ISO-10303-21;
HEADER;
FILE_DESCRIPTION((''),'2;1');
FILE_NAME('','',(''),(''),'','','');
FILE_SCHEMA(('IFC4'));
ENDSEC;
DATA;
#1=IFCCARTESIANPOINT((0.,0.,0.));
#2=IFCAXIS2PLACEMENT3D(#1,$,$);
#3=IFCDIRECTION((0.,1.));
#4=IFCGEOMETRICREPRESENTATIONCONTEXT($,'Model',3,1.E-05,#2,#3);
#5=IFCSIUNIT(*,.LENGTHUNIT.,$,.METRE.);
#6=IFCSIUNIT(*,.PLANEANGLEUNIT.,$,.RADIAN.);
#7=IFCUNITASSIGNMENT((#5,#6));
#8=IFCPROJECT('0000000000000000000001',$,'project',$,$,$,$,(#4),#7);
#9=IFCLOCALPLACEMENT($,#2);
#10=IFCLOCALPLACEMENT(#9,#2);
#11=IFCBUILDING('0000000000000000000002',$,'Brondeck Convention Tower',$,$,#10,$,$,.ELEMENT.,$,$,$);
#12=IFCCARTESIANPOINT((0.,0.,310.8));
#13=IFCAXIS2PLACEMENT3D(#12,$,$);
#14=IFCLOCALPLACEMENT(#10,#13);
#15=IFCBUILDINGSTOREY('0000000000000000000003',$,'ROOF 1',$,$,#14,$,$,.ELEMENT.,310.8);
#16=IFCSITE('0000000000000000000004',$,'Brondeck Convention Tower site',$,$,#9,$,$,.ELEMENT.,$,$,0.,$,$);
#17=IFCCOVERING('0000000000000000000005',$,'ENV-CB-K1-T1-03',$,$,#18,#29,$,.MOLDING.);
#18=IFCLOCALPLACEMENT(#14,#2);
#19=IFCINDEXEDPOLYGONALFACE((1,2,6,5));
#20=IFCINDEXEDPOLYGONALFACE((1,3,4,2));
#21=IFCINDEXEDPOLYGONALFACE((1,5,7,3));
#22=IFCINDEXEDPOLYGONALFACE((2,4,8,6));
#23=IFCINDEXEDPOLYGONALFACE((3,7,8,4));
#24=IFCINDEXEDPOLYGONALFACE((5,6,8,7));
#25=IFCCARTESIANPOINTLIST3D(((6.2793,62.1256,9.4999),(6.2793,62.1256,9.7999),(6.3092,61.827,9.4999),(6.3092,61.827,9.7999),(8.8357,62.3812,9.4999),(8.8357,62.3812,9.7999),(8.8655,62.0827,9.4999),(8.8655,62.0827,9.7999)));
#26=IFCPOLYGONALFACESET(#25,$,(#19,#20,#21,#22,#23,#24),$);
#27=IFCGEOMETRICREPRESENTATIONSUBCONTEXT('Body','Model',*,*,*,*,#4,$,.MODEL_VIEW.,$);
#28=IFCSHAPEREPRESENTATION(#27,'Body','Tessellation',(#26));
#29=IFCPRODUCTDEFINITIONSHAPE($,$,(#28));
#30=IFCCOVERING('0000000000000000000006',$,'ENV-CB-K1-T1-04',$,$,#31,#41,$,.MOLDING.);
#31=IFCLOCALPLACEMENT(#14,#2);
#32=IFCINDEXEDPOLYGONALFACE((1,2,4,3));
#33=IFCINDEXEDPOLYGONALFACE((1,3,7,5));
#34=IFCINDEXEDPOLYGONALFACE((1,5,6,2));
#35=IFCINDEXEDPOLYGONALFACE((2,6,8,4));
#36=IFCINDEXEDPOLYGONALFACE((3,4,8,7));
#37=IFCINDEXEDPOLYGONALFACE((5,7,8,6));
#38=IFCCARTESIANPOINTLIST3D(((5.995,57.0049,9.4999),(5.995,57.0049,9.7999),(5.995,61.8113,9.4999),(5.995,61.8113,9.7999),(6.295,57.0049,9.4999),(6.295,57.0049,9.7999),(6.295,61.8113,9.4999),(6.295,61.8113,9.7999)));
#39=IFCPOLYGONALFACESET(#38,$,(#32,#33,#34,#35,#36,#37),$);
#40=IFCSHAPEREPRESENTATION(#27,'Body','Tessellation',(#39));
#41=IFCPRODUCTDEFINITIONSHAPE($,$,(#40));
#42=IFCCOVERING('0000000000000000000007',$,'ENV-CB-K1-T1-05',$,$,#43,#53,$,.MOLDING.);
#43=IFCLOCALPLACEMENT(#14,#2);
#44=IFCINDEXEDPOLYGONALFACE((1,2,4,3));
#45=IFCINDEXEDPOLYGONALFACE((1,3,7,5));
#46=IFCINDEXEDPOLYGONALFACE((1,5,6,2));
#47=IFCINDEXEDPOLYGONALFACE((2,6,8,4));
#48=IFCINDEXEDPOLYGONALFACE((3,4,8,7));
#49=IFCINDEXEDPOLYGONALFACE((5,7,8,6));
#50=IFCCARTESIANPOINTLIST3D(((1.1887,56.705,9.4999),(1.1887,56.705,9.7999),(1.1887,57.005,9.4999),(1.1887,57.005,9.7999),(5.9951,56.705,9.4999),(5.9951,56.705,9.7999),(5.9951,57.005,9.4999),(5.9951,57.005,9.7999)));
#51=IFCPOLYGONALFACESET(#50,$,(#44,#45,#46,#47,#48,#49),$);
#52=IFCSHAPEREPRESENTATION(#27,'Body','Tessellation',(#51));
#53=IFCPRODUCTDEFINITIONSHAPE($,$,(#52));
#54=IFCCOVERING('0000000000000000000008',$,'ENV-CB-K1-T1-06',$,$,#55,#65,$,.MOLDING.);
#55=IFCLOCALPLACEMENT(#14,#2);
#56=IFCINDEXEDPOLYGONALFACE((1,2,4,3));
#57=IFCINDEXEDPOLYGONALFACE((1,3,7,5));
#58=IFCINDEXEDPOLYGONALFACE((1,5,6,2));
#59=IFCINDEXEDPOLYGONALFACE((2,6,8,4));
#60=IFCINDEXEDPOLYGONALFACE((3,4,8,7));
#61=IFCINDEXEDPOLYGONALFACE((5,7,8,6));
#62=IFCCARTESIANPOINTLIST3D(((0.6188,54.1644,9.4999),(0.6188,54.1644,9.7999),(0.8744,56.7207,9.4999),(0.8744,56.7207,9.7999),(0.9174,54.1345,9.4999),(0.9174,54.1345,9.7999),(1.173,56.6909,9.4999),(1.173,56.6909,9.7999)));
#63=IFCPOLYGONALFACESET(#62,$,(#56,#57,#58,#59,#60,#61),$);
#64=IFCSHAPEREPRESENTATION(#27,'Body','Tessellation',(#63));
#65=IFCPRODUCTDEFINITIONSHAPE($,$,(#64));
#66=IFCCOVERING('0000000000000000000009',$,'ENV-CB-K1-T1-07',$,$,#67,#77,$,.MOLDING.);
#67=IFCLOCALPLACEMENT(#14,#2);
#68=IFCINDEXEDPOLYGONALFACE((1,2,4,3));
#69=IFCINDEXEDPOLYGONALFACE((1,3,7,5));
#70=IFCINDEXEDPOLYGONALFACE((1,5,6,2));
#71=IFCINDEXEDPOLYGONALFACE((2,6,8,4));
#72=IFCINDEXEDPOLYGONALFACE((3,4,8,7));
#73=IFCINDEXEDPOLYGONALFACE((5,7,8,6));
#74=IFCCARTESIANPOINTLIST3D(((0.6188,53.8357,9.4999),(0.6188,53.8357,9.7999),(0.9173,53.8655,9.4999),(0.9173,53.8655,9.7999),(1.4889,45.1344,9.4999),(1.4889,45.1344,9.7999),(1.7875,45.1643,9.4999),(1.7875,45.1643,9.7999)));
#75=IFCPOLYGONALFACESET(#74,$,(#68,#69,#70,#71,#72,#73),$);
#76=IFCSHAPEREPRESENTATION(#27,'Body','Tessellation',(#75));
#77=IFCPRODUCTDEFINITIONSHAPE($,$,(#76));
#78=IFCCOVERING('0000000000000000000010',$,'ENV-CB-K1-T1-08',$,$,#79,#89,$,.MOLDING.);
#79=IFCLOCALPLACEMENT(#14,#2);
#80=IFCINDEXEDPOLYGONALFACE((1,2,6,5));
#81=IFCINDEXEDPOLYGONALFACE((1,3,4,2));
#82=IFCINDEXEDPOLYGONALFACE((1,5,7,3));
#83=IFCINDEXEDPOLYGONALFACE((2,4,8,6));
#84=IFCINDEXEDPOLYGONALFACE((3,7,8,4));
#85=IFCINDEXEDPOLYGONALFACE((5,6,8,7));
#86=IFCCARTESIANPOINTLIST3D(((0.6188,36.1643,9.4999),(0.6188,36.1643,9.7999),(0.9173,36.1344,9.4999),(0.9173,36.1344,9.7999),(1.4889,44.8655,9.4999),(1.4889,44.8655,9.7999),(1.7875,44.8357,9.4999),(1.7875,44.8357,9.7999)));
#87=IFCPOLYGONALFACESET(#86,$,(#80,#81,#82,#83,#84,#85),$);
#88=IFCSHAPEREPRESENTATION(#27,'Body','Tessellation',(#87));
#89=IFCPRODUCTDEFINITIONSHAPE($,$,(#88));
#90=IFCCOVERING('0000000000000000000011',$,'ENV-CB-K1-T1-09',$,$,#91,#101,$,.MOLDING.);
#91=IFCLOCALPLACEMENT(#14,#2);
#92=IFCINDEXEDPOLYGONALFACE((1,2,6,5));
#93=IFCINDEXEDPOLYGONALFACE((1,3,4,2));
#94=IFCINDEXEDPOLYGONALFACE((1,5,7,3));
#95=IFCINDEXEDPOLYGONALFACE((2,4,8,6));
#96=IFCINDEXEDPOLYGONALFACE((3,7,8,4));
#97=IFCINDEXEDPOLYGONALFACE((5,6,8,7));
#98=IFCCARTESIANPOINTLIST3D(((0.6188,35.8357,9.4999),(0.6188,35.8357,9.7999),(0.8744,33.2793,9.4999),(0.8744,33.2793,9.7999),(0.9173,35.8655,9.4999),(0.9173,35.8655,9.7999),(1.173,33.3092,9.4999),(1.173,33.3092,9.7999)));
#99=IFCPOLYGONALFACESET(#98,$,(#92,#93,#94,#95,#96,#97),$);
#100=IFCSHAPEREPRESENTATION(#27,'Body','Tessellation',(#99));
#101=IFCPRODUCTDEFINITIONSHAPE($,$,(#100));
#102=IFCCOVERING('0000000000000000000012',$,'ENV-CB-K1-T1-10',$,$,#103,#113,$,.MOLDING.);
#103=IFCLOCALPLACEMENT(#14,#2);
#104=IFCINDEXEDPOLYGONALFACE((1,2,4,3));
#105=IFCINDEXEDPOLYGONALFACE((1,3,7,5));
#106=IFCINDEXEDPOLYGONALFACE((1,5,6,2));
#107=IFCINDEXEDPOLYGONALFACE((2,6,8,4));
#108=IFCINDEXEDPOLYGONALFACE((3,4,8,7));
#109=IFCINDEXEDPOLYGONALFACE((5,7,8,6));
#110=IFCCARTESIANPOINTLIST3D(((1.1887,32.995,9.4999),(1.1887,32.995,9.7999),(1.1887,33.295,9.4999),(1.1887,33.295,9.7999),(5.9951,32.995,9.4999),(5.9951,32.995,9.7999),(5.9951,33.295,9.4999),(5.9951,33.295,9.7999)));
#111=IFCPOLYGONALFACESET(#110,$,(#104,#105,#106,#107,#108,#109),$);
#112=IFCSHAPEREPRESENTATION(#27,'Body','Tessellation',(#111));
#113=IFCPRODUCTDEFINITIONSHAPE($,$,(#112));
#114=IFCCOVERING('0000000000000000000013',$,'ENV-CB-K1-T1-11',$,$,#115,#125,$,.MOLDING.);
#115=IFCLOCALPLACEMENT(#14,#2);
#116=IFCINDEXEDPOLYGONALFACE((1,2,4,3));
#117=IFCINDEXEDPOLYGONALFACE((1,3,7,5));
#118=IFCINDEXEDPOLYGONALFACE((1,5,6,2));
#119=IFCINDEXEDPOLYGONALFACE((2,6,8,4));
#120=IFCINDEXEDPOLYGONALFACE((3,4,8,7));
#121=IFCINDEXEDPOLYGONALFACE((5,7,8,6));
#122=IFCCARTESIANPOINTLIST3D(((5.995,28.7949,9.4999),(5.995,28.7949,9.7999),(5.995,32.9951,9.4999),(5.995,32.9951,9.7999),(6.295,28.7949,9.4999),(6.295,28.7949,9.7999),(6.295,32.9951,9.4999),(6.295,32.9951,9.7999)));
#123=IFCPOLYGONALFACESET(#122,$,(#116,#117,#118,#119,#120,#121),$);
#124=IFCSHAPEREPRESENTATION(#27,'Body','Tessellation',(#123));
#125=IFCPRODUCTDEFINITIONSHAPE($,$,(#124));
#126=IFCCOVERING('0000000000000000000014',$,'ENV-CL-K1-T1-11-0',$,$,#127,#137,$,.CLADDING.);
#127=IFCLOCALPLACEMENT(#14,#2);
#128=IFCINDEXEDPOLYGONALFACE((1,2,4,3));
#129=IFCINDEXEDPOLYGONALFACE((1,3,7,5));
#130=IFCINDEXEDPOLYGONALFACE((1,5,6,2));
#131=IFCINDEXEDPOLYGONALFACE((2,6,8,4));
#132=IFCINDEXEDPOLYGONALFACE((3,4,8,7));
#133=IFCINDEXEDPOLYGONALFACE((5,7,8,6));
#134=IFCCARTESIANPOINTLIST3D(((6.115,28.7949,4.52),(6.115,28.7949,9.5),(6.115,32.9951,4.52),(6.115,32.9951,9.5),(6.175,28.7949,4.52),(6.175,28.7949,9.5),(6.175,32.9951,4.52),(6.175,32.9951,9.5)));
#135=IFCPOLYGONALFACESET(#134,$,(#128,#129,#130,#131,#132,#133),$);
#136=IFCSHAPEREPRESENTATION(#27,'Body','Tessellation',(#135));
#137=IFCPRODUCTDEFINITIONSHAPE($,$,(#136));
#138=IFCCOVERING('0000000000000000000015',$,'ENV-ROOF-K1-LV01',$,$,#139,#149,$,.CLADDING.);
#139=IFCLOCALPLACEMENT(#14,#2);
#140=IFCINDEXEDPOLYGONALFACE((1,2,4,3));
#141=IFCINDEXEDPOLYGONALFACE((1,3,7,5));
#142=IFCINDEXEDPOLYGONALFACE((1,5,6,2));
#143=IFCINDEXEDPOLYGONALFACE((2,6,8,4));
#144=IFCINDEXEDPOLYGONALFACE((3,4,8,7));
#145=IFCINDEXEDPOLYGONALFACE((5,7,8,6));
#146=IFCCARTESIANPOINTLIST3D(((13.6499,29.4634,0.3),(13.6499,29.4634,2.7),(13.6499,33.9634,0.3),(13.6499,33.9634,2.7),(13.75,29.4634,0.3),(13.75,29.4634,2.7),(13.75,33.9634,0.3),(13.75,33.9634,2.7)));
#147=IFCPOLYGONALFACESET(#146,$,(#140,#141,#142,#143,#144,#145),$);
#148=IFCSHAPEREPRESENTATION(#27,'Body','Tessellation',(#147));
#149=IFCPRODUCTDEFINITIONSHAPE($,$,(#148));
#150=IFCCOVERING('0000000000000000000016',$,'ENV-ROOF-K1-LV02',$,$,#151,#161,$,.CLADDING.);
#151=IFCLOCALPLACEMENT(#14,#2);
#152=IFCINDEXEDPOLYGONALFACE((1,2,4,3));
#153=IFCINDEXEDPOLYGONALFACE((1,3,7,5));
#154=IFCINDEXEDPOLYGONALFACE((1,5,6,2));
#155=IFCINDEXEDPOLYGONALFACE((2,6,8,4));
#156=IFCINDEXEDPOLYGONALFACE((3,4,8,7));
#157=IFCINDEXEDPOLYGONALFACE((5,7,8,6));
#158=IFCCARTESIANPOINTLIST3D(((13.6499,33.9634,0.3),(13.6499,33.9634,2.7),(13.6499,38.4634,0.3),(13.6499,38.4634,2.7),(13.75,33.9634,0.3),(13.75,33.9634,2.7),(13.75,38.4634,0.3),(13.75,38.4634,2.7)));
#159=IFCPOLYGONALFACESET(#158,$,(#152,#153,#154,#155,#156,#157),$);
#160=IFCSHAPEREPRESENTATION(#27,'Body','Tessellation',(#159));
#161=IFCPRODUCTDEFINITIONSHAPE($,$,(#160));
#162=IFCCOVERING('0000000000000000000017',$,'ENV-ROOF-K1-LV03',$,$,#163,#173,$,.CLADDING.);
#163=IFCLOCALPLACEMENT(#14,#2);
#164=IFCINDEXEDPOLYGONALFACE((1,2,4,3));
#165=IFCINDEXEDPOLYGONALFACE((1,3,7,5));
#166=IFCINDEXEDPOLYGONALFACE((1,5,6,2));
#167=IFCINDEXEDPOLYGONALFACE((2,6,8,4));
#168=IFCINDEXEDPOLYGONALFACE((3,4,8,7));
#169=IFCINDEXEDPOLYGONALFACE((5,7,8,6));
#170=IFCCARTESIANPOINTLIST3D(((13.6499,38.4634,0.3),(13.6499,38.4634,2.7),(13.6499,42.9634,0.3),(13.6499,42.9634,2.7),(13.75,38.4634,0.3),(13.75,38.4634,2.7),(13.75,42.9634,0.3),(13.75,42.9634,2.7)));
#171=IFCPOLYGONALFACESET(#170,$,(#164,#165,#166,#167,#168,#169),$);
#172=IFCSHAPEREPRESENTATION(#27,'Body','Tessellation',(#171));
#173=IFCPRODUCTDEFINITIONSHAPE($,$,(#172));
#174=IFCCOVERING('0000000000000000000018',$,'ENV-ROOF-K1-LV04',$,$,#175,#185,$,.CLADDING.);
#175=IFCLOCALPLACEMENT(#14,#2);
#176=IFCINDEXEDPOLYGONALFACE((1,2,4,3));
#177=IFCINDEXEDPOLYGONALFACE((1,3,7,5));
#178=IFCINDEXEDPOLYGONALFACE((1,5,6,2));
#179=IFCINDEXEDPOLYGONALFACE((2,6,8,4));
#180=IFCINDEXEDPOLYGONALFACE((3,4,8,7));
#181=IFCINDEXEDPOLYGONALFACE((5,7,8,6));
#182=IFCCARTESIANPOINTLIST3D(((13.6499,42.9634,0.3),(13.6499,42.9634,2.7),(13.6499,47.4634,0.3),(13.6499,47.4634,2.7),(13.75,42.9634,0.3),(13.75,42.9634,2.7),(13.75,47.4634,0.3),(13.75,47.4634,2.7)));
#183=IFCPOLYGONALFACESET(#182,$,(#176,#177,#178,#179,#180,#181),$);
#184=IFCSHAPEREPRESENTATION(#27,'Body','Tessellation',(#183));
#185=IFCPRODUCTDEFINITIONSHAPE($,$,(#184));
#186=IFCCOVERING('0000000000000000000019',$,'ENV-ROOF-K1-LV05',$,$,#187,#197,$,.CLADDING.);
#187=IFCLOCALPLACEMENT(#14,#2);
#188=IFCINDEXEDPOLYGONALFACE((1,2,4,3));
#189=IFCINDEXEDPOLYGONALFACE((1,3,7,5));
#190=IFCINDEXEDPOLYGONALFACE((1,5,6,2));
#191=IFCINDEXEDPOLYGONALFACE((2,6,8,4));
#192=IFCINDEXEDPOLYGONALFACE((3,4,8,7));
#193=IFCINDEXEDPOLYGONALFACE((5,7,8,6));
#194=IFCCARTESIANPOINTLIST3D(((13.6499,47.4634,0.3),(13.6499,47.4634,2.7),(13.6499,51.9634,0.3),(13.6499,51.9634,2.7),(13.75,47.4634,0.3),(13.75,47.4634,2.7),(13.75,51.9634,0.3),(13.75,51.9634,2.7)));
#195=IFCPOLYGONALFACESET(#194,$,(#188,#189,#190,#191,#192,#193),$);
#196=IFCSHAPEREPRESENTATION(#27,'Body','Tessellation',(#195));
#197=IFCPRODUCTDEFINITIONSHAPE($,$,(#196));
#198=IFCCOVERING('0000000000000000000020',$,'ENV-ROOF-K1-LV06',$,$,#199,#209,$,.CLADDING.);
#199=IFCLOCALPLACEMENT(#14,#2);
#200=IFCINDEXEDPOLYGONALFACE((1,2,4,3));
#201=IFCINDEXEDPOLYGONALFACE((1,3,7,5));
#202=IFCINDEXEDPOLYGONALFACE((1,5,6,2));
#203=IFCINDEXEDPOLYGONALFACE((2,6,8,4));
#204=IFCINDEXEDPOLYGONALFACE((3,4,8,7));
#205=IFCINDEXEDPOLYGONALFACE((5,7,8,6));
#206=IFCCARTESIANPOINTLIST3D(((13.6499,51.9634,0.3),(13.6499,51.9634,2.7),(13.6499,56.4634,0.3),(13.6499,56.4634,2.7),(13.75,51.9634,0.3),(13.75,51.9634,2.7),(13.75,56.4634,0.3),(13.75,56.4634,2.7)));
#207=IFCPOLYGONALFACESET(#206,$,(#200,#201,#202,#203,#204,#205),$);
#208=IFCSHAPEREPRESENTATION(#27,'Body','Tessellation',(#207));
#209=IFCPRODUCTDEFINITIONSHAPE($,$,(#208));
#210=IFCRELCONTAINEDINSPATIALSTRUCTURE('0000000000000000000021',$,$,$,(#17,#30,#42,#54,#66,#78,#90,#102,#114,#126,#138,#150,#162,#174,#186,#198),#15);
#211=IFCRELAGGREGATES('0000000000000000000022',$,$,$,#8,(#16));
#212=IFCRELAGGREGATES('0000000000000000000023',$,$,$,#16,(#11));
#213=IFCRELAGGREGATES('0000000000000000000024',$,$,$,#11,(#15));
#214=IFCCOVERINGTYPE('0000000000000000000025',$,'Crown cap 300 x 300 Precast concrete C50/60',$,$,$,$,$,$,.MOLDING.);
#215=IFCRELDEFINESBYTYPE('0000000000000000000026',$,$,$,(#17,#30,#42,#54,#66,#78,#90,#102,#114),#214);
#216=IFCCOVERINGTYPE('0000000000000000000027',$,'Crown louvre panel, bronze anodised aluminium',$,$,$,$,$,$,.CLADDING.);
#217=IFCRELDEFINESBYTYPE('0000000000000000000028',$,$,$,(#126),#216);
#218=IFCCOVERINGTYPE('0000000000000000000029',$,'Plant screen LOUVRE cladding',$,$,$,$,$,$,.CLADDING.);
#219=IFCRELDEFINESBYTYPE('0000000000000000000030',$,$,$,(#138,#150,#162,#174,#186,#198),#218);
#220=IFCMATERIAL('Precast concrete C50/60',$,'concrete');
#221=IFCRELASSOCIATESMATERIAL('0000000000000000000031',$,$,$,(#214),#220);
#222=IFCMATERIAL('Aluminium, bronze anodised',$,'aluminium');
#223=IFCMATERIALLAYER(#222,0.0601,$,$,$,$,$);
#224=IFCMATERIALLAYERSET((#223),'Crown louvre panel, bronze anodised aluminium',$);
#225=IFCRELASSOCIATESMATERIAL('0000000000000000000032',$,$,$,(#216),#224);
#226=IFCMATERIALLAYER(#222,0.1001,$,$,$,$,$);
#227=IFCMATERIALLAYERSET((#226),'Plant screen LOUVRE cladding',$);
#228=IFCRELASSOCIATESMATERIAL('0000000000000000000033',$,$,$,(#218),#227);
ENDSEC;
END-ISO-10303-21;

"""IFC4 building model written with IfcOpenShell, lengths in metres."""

from ifc_helpers import new_model, si_unit, direction, frame, origin, origin_2d, place, context, subcontext, project, spatial, polyline, rectangle, outline, extrude, material, layer, layer_set, material_profile, profile_set, type_object, element, save


model = new_model("IFC4")

# Units and contexts
model_context = context("Model", 3, precision=1e-05, world=origin(), true_north=direction((0.0, 1.0)))
body_context = subcontext(model_context, "Body", "Model", "MODEL_VIEW")
ifc_project = project(units=[si_unit("LENGTHUNIT", "METRE"), si_unit("PLANEANGLEUNIT", "RADIAN")], contexts=[model_context])

# Site, building, storey
site_placement = place(None, origin())
site = spatial("IfcSite", under=ifc_project, at=site_placement, Name="Brondeck Convention Tower site", CompositionType="ELEMENT", RefElevation=0.0)
building_placement = place(site_placement, origin())
building = spatial("IfcBuilding", under=site, at=building_placement, Name="Brondeck Convention Tower", CompositionType="ELEMENT")
storey_placement = place(building_placement, frame((0.0, 0.0, 310.8)))
storey = spatial("IfcBuildingStorey", under=building, at=storey_placement, Name="ROOF 1", CompositionType="ELEMENT", Elevation=310.8)

# Coverings
ifc_material_1 = material(Name="Precast concrete C50/60", Category="concrete")
ifc_material_profile = material_profile(ifc_material_1, rectangle(XDim=0.3, YDim=0.3, at=origin_2d()), Name="Crown cap 300 x 300 Precast concrete C50/60")
ifc_profile_set = profile_set([ifc_material_profile], Name="Precast concrete C50/60")
covering_type_1 = type_object("IfcCoveringType", Name="Crown cap 300 x 300 Precast concrete C50/60", PredefinedType="MOLDING", material=ifc_profile_set)
covering_1_placement = place(storey_placement, frame((8.8506, 62.2319, 9.6499), z_axis=(-0.995038, -0.099494, 0.0), x_axis=(0.099494, -0.995038, 0.0)))
element("IfcCovering", 1, at=covering_1_placement, inside=storey, type_object=covering_type_1, Name="ENV-CB-K1-T1-03", PredefinedType="MOLDING", context=body_context, shape_type="SweptSolid", body=[
    extrude(rectangle(XDim=0.3, YDim=0.3, at=origin_2d()), origin(), (0.0, 0.0, 1.0), 2.5691),
])
for number, where, z_axis, x_axis, name in (
    (2, (6.145, 61.8113, 9.6499), (0.0, -1.0, 0.0), (1.0, 0.0, 0.0), "ENV-CB-K1-T1-04"),
    (3, (5.9951, 56.855, 9.6499), (-1.0, 0.0, 0.0), (0.0, -1.0, 0.0), "ENV-CB-K1-T1-05"),
):
    element("IfcCovering", number, at=place(storey_placement, frame(where, z_axis=z_axis, x_axis=x_axis)), inside=storey, type_object=covering_type_1, Name=name, PredefinedType="MOLDING", context=body_context, shape_type="SweptSolid", body=[
        extrude(rectangle(XDim=0.3, YDim=0.3, at=origin_2d()), origin(), (0.0, 0.0, 1.0), 4.8064),
    ])
covering_2_placement = place(storey_placement, frame((1.0237, 56.7058, 9.6499), z_axis=(-0.099494, -0.995038, 0.0), x_axis=(0.995038, -0.099494, 0.0)))
element("IfcCovering", 4, at=covering_2_placement, inside=storey, type_object=covering_type_1, Name="ENV-CB-K1-T1-06", PredefinedType="MOLDING", context=body_context, shape_type="SweptSolid", body=[
    extrude(rectangle(XDim=0.3, YDim=0.3, at=origin_2d()), origin(), (0.0, 0.0, 1.0), 2.5691),
])
for number, where, z_axis, x_axis, name in (
    (5, (0.7681, 53.8506, 9.6499), (0.099504, -0.995037, 0.0), (0.995037, 0.099504, 0.0), "ENV-CB-K1-T1-07"),
    (6, (1.6382, 44.8506, 9.6499), (-0.099504, -0.995037, 0.0), (0.995037, -0.099504, 0.0), "ENV-CB-K1-T1-08"),
):
    element("IfcCovering", number, at=place(storey_placement, frame(where, z_axis=z_axis, x_axis=x_axis)), inside=storey, type_object=covering_type_1, Name=name, PredefinedType="MOLDING", context=body_context, shape_type="SweptSolid", body=[
        extrude(rectangle(XDim=0.3, YDim=0.3, at=origin_2d()), origin(), (0.0, 0.0, 1.0), 8.7446),
    ])
covering_3_placement = place(storey_placement, frame((0.7681, 35.8506, 9.6499), z_axis=(0.099494, -0.995038, 0.0), x_axis=(0.995038, 0.099494, 0.0)))
element("IfcCovering", 7, at=covering_3_placement, inside=storey, type_object=covering_type_1, Name="ENV-CB-K1-T1-09", PredefinedType="MOLDING", context=body_context, shape_type="SweptSolid", body=[
    extrude(rectangle(XDim=0.3, YDim=0.3, at=origin_2d()), origin(), (0.0, 0.0, 1.0), 2.5691),
])
covering_4_placement = place(storey_placement, frame((1.1887, 33.145, 9.6499), z_axis=(1.0, 0.0, 0.0), x_axis=(0.0, 1.0, 0.0)))
element("IfcCovering", 8, at=covering_4_placement, inside=storey, type_object=covering_type_1, Name="ENV-CB-K1-T1-10", PredefinedType="MOLDING", context=body_context, shape_type="SweptSolid", body=[
    extrude(rectangle(XDim=0.3, YDim=0.3, at=origin_2d()), origin(), (0.0, 0.0, 1.0), 4.8064),
])
covering_5_placement = place(storey_placement, frame((6.145, 32.9951, 9.6499), z_axis=(0.0, -1.0, 0.0), x_axis=(1.0, 0.0, 0.0)))
element("IfcCovering", 9, at=covering_5_placement, inside=storey, type_object=covering_type_1, Name="ENV-CB-K1-T1-11", PredefinedType="MOLDING", context=body_context, shape_type="SweptSolid", body=[
    extrude(rectangle(XDim=0.3, YDim=0.3, at=origin_2d()), origin(), (0.0, 0.0, 1.0), 4.2002),
])
ifc_material_2 = material(Name="Aluminium, bronze anodised", Category="aluminium")
ifc_layer_1 = layer(ifc_material_2, 0.0601)
ifc_layer_set_1 = layer_set([ifc_layer_1], Name="Crown louvre panel, bronze anodised aluminium")
covering_type_2 = type_object("IfcCoveringType", Name="Crown louvre panel, bronze anodised aluminium", PredefinedType="CLADDING", material=ifc_layer_set_1)
covering_6_placement = place(storey_placement, frame((0.0, 0.0, 4.52)))
element("IfcCovering", 10, at=covering_6_placement, inside=storey, type_object=covering_type_2, Name="ENV-CL-K1-T1-11-0", PredefinedType="CLADDING", context=body_context, shape_type="SweptSolid", body=[
    extrude(outline(polyline([(6.175, 28.7949), (6.175, 32.9951), (6.115, 32.9951), (6.115, 28.7949), (6.175, 28.7949)])), origin(), (0.0, 0.0, 1.0), 4.98),
])
ifc_layer_2 = layer(ifc_material_2, 0.1001)
ifc_layer_set_2 = layer_set([ifc_layer_2], Name="Plant screen LOUVRE cladding")
covering_type_3 = type_object("IfcCoveringType", Name="Plant screen LOUVRE cladding", PredefinedType="CLADDING", material=ifc_layer_set_2)
for number, where, z_axis, x_axis, name in (
    (11, (13.7, 31.7134, 0.3), (0.0, 0.0, 1.0), (0.0, 1.0, 0.0), "ENV-ROOF-K1-LV01"),
    (12, (13.7, 36.2134, 0.3), (0.0, 0.0, 1.0), (0.0, 1.0, 0.0), "ENV-ROOF-K1-LV02"),
    (13, (13.7, 40.7134, 0.3), (0.0, 0.0, 1.0), (0.0, 1.0, 0.0), "ENV-ROOF-K1-LV03"),
    (14, (13.7, 45.2134, 0.3), (0.0, 0.0, 1.0), (0.0, 1.0, 0.0), "ENV-ROOF-K1-LV04"),
    (15, (13.7, 49.7134, 0.3), (0.0, 0.0, 1.0), (0.0, 1.0, 0.0), "ENV-ROOF-K1-LV05"),
    (16, (13.7, 54.2134, 0.3), (0.0, 0.0, 1.0), (0.0, 1.0, 0.0), "ENV-ROOF-K1-LV06"),
):
    element("IfcCovering", number, at=place(storey_placement, frame(where, z_axis=z_axis, x_axis=x_axis)), inside=storey, type_object=covering_type_3, Name=name, PredefinedType="CLADDING", context=body_context, shape_type="SweptSolid", body=[
        extrude(rectangle(XDim=4.5, YDim=0.1001, at=origin_2d()), origin(), (0.0, 0.0, 1.0), 2.3999),
    ])

save(model, "model.ifc")
